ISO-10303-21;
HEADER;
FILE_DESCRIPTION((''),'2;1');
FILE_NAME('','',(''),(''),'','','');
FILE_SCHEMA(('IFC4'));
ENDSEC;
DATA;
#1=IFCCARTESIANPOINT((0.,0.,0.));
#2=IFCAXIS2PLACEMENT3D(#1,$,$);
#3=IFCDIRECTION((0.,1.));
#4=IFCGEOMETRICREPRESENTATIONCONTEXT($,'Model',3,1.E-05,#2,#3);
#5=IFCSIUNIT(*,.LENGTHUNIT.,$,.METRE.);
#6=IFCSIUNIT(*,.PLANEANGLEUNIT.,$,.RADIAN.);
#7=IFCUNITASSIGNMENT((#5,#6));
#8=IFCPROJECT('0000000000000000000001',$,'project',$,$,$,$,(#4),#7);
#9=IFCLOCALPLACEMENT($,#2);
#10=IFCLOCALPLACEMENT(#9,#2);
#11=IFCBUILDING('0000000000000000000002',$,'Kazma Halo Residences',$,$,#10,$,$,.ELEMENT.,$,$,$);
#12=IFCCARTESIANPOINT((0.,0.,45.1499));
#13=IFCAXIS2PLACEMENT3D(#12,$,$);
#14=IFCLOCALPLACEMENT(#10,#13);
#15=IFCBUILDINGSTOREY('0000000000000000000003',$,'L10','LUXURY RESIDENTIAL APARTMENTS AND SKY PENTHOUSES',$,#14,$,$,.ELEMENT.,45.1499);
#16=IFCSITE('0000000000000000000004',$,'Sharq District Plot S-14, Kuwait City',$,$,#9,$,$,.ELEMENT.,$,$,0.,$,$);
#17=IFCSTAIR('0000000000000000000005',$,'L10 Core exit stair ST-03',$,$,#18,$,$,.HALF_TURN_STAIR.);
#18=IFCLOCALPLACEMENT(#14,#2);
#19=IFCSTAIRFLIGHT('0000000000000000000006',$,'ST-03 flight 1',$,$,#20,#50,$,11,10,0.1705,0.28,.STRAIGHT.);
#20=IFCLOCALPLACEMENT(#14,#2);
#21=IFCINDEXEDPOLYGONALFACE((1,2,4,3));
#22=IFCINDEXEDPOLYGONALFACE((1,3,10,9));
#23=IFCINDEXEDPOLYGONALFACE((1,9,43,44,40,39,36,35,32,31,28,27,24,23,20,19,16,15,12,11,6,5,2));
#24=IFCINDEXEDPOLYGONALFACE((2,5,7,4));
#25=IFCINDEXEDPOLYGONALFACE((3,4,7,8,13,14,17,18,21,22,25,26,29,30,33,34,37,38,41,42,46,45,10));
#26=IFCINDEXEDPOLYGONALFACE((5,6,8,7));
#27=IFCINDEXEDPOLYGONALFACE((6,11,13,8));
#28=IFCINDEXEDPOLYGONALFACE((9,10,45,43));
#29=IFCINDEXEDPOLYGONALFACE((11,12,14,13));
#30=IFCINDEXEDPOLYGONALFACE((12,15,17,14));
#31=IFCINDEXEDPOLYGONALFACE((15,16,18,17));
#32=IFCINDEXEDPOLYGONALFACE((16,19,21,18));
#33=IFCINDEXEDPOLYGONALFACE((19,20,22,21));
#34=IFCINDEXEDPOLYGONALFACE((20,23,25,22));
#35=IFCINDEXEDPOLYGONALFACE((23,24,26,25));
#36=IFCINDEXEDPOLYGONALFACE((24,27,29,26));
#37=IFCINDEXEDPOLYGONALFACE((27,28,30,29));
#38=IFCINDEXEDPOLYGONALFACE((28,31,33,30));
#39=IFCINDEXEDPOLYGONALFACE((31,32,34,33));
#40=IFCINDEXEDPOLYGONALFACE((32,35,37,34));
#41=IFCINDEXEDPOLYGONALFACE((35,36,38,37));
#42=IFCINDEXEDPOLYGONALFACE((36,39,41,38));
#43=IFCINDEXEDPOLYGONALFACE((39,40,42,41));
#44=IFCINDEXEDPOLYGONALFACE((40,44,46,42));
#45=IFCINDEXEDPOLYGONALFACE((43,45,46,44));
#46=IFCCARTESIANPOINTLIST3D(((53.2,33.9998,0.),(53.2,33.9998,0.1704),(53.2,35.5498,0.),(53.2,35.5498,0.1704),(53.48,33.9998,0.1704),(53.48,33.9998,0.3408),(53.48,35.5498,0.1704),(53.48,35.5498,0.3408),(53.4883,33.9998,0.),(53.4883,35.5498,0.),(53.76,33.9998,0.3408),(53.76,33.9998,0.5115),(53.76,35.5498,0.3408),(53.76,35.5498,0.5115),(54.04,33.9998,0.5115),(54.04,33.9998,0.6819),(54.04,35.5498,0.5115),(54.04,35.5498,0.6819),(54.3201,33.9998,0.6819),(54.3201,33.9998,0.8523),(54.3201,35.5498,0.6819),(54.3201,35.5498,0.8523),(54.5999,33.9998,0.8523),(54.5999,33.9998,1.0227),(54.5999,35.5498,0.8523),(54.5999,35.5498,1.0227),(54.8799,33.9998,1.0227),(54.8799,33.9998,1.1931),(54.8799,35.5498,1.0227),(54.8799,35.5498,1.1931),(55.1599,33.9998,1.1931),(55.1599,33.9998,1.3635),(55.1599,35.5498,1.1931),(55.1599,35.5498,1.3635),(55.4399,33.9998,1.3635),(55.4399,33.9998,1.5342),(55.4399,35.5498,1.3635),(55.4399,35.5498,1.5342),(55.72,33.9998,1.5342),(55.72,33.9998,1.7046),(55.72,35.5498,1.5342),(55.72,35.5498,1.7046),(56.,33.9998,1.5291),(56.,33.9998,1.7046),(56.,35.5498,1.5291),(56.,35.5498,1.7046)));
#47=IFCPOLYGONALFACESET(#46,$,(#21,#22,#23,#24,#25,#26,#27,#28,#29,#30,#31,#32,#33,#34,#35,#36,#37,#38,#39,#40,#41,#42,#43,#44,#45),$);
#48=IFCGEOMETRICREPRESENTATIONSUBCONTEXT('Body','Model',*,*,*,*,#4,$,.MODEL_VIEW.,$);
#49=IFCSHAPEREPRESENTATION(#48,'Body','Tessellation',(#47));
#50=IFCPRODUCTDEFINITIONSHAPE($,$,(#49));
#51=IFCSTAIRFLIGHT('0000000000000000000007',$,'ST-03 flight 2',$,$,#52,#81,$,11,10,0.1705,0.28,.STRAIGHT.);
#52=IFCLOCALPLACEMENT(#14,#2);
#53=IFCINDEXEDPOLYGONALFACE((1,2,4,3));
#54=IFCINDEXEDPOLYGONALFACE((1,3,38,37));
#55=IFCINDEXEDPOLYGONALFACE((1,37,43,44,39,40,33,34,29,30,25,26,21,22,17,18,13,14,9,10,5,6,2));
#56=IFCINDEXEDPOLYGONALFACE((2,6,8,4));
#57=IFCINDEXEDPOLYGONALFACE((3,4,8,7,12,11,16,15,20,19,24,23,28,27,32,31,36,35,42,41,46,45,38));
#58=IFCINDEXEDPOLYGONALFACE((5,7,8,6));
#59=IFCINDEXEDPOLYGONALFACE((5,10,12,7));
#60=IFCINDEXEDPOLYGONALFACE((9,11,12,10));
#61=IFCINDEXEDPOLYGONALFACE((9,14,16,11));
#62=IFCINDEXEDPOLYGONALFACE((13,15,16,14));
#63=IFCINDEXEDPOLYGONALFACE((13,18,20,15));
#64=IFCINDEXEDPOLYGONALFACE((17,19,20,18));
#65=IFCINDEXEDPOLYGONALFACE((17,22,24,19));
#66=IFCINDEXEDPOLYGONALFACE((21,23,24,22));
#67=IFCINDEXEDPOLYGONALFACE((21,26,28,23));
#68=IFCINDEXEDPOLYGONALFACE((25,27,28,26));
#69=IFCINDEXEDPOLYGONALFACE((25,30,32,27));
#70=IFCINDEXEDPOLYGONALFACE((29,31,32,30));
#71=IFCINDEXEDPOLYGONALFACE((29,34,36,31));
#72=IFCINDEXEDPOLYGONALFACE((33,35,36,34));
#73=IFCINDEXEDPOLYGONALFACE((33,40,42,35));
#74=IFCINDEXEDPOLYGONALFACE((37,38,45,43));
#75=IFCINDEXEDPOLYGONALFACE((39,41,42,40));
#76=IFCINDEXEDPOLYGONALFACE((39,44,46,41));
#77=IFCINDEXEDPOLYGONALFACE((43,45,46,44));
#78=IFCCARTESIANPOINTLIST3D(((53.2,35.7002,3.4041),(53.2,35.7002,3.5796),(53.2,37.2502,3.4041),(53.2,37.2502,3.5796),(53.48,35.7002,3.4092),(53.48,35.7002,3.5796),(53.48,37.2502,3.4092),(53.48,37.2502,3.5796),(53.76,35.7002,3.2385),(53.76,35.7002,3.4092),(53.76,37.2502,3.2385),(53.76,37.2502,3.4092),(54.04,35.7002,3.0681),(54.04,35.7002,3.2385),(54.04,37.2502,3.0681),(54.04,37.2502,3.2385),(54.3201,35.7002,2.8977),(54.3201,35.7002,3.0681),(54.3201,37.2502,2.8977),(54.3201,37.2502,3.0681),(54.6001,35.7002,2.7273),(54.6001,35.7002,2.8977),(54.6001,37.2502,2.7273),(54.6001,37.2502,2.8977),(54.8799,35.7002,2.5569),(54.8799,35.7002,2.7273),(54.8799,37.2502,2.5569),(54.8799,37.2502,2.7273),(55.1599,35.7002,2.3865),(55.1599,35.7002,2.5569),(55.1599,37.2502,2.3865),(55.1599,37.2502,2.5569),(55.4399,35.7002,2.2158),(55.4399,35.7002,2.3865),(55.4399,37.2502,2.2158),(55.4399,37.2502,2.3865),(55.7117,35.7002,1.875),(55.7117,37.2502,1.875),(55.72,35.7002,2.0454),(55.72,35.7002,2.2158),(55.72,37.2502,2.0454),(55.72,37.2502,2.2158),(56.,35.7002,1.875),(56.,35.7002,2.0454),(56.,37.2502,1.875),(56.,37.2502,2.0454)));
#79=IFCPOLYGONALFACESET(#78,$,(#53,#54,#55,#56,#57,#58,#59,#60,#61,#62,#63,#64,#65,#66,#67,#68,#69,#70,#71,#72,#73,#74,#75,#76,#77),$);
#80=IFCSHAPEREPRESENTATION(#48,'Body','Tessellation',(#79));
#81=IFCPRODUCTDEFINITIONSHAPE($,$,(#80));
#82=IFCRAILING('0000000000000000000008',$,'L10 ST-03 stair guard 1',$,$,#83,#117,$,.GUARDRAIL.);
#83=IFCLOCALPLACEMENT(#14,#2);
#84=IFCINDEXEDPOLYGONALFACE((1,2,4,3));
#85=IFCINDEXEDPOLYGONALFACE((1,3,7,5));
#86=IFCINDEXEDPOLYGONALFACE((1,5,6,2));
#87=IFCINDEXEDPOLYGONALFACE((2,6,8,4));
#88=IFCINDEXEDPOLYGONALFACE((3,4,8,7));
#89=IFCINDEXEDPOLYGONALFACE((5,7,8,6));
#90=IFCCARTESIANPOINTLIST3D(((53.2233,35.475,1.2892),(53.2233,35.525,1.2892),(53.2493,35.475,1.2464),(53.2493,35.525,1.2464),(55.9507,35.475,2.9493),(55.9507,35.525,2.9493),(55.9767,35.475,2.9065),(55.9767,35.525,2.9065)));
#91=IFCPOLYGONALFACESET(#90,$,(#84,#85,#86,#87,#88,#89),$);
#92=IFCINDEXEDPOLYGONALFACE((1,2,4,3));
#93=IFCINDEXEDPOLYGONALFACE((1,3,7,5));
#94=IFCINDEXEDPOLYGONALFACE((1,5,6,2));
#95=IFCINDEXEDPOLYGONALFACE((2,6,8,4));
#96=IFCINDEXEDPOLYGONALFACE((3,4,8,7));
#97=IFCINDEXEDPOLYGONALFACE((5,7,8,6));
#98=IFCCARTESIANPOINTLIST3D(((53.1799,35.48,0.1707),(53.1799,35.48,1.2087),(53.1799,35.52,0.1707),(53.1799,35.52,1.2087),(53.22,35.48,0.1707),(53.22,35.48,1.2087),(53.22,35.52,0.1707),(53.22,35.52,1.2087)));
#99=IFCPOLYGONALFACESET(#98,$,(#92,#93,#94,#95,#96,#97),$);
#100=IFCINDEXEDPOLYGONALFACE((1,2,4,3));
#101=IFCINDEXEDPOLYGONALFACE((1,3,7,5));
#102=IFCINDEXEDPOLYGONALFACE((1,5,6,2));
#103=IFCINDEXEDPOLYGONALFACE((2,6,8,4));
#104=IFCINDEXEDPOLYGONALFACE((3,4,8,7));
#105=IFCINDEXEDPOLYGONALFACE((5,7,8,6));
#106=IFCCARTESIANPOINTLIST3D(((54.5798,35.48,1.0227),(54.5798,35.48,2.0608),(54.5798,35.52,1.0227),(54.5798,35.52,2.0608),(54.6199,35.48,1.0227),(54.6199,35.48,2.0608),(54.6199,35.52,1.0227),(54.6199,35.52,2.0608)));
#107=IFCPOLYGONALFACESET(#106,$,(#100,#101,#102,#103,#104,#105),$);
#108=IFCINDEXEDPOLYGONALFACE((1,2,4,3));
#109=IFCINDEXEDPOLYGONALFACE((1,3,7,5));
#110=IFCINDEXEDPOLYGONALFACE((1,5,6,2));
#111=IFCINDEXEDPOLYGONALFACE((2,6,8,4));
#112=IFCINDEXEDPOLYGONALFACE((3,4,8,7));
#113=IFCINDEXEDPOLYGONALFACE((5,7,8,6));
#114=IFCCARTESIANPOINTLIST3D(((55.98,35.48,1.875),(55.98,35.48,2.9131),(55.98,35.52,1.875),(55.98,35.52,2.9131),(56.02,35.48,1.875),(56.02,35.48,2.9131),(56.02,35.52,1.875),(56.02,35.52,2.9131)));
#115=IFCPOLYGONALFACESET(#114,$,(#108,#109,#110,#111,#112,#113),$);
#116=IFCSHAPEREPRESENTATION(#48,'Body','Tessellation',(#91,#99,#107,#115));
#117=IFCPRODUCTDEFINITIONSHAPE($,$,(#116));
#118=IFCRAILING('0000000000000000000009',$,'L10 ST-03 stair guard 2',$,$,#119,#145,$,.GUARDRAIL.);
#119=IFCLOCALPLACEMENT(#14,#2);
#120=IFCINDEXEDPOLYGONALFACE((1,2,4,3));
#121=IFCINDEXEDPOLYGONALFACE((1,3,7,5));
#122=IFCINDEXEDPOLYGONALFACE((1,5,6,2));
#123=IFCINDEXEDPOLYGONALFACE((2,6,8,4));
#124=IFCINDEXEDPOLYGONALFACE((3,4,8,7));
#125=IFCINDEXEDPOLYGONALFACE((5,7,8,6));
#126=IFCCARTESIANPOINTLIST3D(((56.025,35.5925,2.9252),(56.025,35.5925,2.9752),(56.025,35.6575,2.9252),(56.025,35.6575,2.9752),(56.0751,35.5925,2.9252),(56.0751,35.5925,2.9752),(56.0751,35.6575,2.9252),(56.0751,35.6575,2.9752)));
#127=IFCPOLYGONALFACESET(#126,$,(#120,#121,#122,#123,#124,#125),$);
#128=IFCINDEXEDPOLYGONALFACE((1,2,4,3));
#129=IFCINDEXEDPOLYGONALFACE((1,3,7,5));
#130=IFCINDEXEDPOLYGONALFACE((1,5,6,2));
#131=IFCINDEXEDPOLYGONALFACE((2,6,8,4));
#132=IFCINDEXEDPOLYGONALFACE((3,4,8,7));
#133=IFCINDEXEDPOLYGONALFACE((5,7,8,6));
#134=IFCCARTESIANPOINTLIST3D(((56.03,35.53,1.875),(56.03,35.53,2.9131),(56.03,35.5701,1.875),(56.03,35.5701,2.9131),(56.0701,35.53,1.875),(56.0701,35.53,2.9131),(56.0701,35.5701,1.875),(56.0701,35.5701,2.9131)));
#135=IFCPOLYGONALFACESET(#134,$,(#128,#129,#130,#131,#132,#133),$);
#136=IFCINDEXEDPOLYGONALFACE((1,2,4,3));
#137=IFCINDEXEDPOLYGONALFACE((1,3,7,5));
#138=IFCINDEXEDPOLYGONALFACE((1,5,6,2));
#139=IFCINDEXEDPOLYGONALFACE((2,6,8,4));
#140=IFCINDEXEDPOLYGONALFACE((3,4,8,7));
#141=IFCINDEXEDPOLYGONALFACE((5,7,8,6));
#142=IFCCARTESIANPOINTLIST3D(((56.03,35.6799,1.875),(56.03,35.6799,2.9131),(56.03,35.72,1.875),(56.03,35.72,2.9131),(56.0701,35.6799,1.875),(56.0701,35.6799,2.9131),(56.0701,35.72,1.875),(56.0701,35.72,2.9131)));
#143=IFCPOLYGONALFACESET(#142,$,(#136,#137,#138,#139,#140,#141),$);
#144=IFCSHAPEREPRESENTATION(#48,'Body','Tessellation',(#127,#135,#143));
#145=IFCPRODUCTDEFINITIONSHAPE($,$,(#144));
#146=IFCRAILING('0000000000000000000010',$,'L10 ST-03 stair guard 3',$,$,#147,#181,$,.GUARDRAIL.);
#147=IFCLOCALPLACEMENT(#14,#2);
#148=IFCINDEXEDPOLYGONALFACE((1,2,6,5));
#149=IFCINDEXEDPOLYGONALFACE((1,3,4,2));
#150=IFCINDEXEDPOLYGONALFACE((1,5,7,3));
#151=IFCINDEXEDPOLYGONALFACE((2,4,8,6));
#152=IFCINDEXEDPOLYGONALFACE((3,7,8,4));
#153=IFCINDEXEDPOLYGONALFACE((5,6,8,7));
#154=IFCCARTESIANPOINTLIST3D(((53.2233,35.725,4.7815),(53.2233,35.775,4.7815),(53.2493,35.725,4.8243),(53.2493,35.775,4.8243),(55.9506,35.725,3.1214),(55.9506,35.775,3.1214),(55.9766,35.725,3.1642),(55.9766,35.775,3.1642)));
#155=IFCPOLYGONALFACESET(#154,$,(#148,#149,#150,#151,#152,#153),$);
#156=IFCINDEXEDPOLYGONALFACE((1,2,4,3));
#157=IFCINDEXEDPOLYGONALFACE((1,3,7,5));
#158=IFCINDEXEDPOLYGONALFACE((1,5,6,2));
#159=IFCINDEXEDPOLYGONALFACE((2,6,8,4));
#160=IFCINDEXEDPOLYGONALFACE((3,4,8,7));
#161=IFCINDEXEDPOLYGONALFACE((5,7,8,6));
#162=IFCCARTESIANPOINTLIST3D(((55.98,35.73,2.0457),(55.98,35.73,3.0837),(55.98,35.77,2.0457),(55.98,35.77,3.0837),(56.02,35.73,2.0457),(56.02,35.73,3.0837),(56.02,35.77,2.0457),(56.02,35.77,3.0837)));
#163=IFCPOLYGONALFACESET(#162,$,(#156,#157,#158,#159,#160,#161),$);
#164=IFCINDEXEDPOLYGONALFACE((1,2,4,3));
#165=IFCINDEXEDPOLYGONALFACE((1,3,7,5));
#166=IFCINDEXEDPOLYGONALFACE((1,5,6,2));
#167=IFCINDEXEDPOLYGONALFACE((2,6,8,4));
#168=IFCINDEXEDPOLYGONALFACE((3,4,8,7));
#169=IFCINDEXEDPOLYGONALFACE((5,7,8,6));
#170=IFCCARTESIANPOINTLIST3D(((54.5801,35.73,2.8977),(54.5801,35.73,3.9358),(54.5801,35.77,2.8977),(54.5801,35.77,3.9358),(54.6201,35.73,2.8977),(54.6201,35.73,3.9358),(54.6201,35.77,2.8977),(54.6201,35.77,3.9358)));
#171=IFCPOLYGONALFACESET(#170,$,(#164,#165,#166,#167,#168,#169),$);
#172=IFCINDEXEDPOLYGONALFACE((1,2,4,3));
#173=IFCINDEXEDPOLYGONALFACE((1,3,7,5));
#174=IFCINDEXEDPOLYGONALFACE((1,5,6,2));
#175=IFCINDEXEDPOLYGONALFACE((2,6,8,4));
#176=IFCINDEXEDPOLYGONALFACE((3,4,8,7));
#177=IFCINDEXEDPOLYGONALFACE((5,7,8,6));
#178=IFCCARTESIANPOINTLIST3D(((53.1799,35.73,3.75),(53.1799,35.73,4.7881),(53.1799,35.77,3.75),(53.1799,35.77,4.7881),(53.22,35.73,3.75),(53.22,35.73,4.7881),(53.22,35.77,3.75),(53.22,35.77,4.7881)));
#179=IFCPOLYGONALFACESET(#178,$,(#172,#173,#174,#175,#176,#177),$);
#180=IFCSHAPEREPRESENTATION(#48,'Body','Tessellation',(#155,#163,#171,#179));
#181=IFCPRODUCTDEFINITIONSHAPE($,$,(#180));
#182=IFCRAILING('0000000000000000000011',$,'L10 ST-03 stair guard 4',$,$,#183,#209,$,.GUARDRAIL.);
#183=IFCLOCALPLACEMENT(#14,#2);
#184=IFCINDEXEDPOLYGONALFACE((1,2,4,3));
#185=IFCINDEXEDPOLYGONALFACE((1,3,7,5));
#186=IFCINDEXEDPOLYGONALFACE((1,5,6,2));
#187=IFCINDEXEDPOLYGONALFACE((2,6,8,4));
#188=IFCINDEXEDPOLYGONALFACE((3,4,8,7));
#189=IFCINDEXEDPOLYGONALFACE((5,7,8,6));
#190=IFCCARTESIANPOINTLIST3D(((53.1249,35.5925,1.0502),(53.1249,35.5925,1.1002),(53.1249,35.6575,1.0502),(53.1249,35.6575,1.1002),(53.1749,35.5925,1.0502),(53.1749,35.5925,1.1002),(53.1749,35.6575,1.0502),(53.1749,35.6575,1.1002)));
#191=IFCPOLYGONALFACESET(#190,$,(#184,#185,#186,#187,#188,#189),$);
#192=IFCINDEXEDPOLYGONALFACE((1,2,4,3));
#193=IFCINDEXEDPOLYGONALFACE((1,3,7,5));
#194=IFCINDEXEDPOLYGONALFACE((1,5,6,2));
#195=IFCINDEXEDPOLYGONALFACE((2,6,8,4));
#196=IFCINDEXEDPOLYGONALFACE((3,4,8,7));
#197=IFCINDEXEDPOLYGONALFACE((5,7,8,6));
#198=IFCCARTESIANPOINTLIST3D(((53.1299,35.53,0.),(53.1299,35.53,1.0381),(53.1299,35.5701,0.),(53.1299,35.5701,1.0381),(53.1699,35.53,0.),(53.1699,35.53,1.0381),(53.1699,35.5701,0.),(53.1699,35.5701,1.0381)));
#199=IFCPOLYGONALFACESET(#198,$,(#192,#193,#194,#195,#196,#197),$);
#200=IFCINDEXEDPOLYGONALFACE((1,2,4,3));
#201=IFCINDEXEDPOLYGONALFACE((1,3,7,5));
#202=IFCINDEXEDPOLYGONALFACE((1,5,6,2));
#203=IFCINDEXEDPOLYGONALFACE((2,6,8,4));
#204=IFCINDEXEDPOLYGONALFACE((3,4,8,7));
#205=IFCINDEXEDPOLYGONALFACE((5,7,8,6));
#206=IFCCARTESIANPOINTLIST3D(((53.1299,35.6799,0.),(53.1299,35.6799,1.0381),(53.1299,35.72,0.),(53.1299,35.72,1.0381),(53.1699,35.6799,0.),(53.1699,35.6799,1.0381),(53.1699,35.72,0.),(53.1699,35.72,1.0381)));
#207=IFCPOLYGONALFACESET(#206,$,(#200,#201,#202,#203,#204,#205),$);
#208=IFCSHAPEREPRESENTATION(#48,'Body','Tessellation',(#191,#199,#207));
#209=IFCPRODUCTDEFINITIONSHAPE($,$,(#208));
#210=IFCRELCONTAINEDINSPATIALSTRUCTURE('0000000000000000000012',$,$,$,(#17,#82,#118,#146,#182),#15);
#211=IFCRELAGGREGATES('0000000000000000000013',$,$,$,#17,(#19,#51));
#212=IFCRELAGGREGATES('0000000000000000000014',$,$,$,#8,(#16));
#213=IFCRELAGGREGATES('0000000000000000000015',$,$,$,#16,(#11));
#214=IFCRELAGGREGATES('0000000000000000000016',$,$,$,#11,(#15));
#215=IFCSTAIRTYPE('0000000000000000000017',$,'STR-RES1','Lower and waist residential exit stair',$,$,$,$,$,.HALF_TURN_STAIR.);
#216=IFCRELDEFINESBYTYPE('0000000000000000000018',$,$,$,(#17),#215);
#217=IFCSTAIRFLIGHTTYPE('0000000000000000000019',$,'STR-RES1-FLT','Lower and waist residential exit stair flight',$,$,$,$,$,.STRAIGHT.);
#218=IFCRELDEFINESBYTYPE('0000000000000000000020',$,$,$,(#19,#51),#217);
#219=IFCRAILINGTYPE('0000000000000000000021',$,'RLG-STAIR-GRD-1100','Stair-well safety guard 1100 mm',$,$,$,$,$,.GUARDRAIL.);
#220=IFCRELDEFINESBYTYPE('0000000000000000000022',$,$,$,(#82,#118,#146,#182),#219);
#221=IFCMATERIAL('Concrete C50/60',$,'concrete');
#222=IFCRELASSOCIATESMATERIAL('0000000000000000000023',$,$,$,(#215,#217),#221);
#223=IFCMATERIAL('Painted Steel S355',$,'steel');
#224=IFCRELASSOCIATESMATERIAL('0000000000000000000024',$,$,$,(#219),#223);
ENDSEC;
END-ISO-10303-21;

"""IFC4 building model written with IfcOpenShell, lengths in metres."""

from ifc_helpers import new_model, si_unit, direction, frame, origin, origin_2d, place, context, subcontext, project, spatial, polyline, rectangle, outline, extrude, material, type_object, element, aggregate, save


model = new_model("IFC4")

# Units and contexts
model_context = context("Model", 3, precision=1e-05, world=origin(), true_north=direction((0.0, 1.0)))
body_context = subcontext(model_context, "Body", "Model", "MODEL_VIEW")
ifc_project = project(units=[si_unit("LENGTHUNIT", "METRE"), si_unit("PLANEANGLEUNIT", "RADIAN")], contexts=[model_context])

# Site, building, storey
site_placement = place(None, origin())
site = spatial("IfcSite", under=ifc_project, at=site_placement, Name="Sharq District Plot S-14, Kuwait City", CompositionType="ELEMENT", RefElevation=0.0)
building_placement = place(site_placement, origin())
building = spatial("IfcBuilding", under=site, at=building_placement, Name="Kazma Halo Residences", CompositionType="ELEMENT")
storey_placement = place(building_placement, frame((0.0, 0.0, 45.1499)))
storey = spatial("IfcBuildingStorey", under=building, at=storey_placement, Name="L10", Description="LUXURY RESIDENTIAL APARTMENTS AND SKY PENTHOUSES", CompositionType="ELEMENT", Elevation=45.1499)

# Shared definitions
ifc_material_1 = material(Name="Concrete C50/60", Category="concrete")

# Stair, stair flights
stair_type = type_object("IfcStairType", Name="STR-RES1", Description="Lower and waist residential exit stair", PredefinedType="HALF_TURN_STAIR", material=ifc_material_1)
stair_placement = place(storey_placement, origin())
stair = element("IfcStair", 1, at=stair_placement, inside=storey, type_object=stair_type, Name="L10 Core exit stair ST-03", PredefinedType="HALF_TURN_STAIR")
stair_flight_type = type_object("IfcStairFlightType", Name="STR-RES1-FLT", Description="Lower and waist residential exit stair flight", PredefinedType="STRAIGHT", material=ifc_material_1)
stair_flight_1_placement = place(storey_placement, frame((53.2, 34.7749, 0.0), z_axis=(0.0, 0.0, 1.0), x_axis=(1.0, 0.0, 0.0)))
stair_flight_1 = element("IfcStairFlight", 2, at=stair_flight_1_placement, type_object=stair_flight_type, Name="ST-03 flight 1", NumberOfRisers=11, NumberOfTreads=10, PredefinedType="STRAIGHT", RiserHeight=0.1705, TreadLength=0.28, context=body_context, shape_type="SweptSolid", body=[
    extrude(outline(polyline([(0.0, 0.0), (0.0, 0.1704), (0.28, 0.1704), (0.28, 0.3408), (0.5601, 0.3408), (0.5601, 0.5115), (0.8401, 0.5115), (0.8401, 0.6819), (1.1201, 0.6819), (1.1201, 0.8523), (1.3999, 0.8523), (1.3999, 1.0227), (1.6799, 1.0227), (1.6799, 1.1931), (1.96, 1.1931), (1.96, 1.3635), (2.24, 1.3635), (2.24, 1.5342), (2.52, 1.5342), (2.52, 1.7046), (2.8, 1.7046), (2.8, 1.875), (2.8, 1.5291), (0.2883, 0.0), (0.0, 0.0)])), frame((0.0, 0.7749, 0.0), z_axis=(0.0, -1.0, 0.0), x_axis=(1.0, 0.0, 0.0)), (0.0, 0.0, 1.0), 1.55),
])
stair_flight_2_placement = place(storey_placement, frame((56.0, 36.4751, 1.875), z_axis=(0.0, 0.0, 1.0), x_axis=(-1.0, 0.0, 0.0)))
stair_flight_2 = element("IfcStairFlight", 3, at=stair_flight_2_placement, type_object=stair_flight_type, Name="ST-03 flight 2", NumberOfRisers=11, NumberOfTreads=10, PredefinedType="STRAIGHT", RiserHeight=0.1705, TreadLength=0.28, context=body_context, shape_type="SweptSolid", body=[
    extrude(outline(polyline([(0.0, 0.0), (0.0, 0.1704), (0.28, 0.1704), (0.28, 0.3408), (0.5601, 0.3408), (0.5601, 0.5115), (0.8401, 0.5115), (0.8401, 0.6819), (1.1201, 0.6819), (1.1201, 0.8523), (1.3999, 0.8523), (1.3999, 1.0227), (1.6799, 1.0227), (1.6799, 1.1931), (1.96, 1.1931), (1.96, 1.3635), (2.24, 1.3635), (2.24, 1.5342), (2.52, 1.5342), (2.52, 1.7046), (2.8, 1.7046), (2.8, 1.875), (2.8, 1.5291), (0.2883, 0.0), (0.0, 0.0)])), frame((0.0, 0.7749, 0.0), z_axis=(0.0, -1.0, 0.0), x_axis=(1.0, 0.0, 0.0)), (0.0, 0.0, 1.0), 1.55),
])
aggregate(stair, [stair_flight_1, stair_flight_2])

# Railings
ifc_material_2 = material(Name="Painted Steel S355", Category="steel")
railing_type_1 = type_object("IfcRailingType", Name="RLG-STAIR-GRD-1100", Description="Stair-well safety guard 1100 mm", PredefinedType="GUARDRAIL", material=ifc_material_2)
railing_1_placement = place(storey_placement, frame((53.2, 35.5, 0.1707)))
element("IfcRailing", 4, at=railing_1_placement, inside=storey, type_object=railing_type_1, Name="L10 ST-03 stair guard 1", PredefinedType="GUARDRAIL", context=body_context, shape_type="SweptSolid", body=[
    extrude(rectangle(XDim=0.05, YDim=0.05, at=origin_2d()), frame((0.0364, 0.0, 1.0972), z_axis=(0.854203, 0.0, 0.51994), x_axis=(0.0, 1.0, 0.0)), (0.0, 0.0, 1.0), 3.1929),
    extrude(rectangle(XDim=0.04, YDim=0.04, at=origin_2d()), origin(), (0.0, 0.0, 1.0), 1.0381),
    extrude(rectangle(XDim=0.04, YDim=0.04, at=origin_2d()), frame((1.3999, 0.0, 0.8521)), (0.0, 0.0, 1.0), 1.0381),
    extrude(rectangle(XDim=0.04, YDim=0.04, at=origin_2d()), frame((2.8, 0.0, 1.7043)), (0.0, 0.0, 1.0), 1.0381),
])
railing_2_placement = place(storey_placement, frame((56.05, 35.55, 1.875)))
element("IfcRailing", 5, at=railing_2_placement, inside=storey, type_object=railing_type_1, Name="L10 ST-03 stair guard 2", PredefinedType="GUARDRAIL", context=body_context, shape_type="SweptSolid", body=[
    extrude(rectangle(XDim=0.05, YDim=0.05, at=origin_2d()), frame((0.0, 0.0425, 1.0752), z_axis=(0.0, 1.0, 0.0), x_axis=(-1.0, 0.0, 0.0)), (0.0, 0.0, 1.0), 0.0649),
    extrude(rectangle(XDim=0.04, YDim=0.04, at=origin_2d()), origin(), (0.0, 0.0, 1.0), 1.0381),
    extrude(rectangle(XDim=0.04, YDim=0.04, at=origin_2d()), frame((0.0, 0.1499, 0.0)), (0.0, 0.0, 1.0), 1.0381),
])
railing_3_placement = place(storey_placement, frame((56.0, 35.75, 2.0457)))
element("IfcRailing", 6, at=railing_3_placement, inside=storey, type_object=railing_type_1, Name="L10 ST-03 stair guard 3", PredefinedType="GUARDRAIL", context=body_context, shape_type="SweptSolid", body=[
    extrude(rectangle(XDim=0.05, YDim=0.05, at=origin_2d()), frame((-0.0364, 0.0, 1.0972), z_axis=(-0.854203, 0.0, 0.51994), x_axis=(0.0, -1.0, 0.0)), (0.0, 0.0, 1.0), 3.1929),
    extrude(rectangle(XDim=0.04, YDim=0.04, at=origin_2d()), origin(), (0.0, 0.0, 1.0), 1.0381),
    extrude(rectangle(XDim=0.04, YDim=0.04, at=origin_2d()), frame((-1.3999, 0.0, 0.8521)), (0.0, 0.0, 1.0), 1.0381),
    extrude(rectangle(XDim=0.04, YDim=0.04, at=origin_2d()), frame((-2.8, 0.0, 1.7043)), (0.0, 0.0, 1.0), 1.0381),
])
railing_4_placement = place(storey_placement, frame((53.1499, 35.55, 0.0)))
element("IfcRailing", 7, at=railing_4_placement, inside=storey, type_object=railing_type_1, Name="L10 ST-03 stair guard 4", PredefinedType="GUARDRAIL", context=body_context, shape_type="SweptSolid", body=[
    extrude(rectangle(XDim=0.05, YDim=0.05, at=origin_2d()), frame((0.0, 0.0425, 1.0752), z_axis=(0.0, 1.0, 0.0), x_axis=(-1.0, 0.0, 0.0)), (0.0, 0.0, 1.0), 0.0649),
    extrude(rectangle(XDim=0.04, YDim=0.04, at=origin_2d()), origin(), (0.0, 0.0, 1.0), 1.0381),
    extrude(rectangle(XDim=0.04, YDim=0.04, at=origin_2d()), frame((0.0, 0.1499, 0.0)), (0.0, 0.0, 1.0), 1.0381),
])

save(model, "model.ifc")
